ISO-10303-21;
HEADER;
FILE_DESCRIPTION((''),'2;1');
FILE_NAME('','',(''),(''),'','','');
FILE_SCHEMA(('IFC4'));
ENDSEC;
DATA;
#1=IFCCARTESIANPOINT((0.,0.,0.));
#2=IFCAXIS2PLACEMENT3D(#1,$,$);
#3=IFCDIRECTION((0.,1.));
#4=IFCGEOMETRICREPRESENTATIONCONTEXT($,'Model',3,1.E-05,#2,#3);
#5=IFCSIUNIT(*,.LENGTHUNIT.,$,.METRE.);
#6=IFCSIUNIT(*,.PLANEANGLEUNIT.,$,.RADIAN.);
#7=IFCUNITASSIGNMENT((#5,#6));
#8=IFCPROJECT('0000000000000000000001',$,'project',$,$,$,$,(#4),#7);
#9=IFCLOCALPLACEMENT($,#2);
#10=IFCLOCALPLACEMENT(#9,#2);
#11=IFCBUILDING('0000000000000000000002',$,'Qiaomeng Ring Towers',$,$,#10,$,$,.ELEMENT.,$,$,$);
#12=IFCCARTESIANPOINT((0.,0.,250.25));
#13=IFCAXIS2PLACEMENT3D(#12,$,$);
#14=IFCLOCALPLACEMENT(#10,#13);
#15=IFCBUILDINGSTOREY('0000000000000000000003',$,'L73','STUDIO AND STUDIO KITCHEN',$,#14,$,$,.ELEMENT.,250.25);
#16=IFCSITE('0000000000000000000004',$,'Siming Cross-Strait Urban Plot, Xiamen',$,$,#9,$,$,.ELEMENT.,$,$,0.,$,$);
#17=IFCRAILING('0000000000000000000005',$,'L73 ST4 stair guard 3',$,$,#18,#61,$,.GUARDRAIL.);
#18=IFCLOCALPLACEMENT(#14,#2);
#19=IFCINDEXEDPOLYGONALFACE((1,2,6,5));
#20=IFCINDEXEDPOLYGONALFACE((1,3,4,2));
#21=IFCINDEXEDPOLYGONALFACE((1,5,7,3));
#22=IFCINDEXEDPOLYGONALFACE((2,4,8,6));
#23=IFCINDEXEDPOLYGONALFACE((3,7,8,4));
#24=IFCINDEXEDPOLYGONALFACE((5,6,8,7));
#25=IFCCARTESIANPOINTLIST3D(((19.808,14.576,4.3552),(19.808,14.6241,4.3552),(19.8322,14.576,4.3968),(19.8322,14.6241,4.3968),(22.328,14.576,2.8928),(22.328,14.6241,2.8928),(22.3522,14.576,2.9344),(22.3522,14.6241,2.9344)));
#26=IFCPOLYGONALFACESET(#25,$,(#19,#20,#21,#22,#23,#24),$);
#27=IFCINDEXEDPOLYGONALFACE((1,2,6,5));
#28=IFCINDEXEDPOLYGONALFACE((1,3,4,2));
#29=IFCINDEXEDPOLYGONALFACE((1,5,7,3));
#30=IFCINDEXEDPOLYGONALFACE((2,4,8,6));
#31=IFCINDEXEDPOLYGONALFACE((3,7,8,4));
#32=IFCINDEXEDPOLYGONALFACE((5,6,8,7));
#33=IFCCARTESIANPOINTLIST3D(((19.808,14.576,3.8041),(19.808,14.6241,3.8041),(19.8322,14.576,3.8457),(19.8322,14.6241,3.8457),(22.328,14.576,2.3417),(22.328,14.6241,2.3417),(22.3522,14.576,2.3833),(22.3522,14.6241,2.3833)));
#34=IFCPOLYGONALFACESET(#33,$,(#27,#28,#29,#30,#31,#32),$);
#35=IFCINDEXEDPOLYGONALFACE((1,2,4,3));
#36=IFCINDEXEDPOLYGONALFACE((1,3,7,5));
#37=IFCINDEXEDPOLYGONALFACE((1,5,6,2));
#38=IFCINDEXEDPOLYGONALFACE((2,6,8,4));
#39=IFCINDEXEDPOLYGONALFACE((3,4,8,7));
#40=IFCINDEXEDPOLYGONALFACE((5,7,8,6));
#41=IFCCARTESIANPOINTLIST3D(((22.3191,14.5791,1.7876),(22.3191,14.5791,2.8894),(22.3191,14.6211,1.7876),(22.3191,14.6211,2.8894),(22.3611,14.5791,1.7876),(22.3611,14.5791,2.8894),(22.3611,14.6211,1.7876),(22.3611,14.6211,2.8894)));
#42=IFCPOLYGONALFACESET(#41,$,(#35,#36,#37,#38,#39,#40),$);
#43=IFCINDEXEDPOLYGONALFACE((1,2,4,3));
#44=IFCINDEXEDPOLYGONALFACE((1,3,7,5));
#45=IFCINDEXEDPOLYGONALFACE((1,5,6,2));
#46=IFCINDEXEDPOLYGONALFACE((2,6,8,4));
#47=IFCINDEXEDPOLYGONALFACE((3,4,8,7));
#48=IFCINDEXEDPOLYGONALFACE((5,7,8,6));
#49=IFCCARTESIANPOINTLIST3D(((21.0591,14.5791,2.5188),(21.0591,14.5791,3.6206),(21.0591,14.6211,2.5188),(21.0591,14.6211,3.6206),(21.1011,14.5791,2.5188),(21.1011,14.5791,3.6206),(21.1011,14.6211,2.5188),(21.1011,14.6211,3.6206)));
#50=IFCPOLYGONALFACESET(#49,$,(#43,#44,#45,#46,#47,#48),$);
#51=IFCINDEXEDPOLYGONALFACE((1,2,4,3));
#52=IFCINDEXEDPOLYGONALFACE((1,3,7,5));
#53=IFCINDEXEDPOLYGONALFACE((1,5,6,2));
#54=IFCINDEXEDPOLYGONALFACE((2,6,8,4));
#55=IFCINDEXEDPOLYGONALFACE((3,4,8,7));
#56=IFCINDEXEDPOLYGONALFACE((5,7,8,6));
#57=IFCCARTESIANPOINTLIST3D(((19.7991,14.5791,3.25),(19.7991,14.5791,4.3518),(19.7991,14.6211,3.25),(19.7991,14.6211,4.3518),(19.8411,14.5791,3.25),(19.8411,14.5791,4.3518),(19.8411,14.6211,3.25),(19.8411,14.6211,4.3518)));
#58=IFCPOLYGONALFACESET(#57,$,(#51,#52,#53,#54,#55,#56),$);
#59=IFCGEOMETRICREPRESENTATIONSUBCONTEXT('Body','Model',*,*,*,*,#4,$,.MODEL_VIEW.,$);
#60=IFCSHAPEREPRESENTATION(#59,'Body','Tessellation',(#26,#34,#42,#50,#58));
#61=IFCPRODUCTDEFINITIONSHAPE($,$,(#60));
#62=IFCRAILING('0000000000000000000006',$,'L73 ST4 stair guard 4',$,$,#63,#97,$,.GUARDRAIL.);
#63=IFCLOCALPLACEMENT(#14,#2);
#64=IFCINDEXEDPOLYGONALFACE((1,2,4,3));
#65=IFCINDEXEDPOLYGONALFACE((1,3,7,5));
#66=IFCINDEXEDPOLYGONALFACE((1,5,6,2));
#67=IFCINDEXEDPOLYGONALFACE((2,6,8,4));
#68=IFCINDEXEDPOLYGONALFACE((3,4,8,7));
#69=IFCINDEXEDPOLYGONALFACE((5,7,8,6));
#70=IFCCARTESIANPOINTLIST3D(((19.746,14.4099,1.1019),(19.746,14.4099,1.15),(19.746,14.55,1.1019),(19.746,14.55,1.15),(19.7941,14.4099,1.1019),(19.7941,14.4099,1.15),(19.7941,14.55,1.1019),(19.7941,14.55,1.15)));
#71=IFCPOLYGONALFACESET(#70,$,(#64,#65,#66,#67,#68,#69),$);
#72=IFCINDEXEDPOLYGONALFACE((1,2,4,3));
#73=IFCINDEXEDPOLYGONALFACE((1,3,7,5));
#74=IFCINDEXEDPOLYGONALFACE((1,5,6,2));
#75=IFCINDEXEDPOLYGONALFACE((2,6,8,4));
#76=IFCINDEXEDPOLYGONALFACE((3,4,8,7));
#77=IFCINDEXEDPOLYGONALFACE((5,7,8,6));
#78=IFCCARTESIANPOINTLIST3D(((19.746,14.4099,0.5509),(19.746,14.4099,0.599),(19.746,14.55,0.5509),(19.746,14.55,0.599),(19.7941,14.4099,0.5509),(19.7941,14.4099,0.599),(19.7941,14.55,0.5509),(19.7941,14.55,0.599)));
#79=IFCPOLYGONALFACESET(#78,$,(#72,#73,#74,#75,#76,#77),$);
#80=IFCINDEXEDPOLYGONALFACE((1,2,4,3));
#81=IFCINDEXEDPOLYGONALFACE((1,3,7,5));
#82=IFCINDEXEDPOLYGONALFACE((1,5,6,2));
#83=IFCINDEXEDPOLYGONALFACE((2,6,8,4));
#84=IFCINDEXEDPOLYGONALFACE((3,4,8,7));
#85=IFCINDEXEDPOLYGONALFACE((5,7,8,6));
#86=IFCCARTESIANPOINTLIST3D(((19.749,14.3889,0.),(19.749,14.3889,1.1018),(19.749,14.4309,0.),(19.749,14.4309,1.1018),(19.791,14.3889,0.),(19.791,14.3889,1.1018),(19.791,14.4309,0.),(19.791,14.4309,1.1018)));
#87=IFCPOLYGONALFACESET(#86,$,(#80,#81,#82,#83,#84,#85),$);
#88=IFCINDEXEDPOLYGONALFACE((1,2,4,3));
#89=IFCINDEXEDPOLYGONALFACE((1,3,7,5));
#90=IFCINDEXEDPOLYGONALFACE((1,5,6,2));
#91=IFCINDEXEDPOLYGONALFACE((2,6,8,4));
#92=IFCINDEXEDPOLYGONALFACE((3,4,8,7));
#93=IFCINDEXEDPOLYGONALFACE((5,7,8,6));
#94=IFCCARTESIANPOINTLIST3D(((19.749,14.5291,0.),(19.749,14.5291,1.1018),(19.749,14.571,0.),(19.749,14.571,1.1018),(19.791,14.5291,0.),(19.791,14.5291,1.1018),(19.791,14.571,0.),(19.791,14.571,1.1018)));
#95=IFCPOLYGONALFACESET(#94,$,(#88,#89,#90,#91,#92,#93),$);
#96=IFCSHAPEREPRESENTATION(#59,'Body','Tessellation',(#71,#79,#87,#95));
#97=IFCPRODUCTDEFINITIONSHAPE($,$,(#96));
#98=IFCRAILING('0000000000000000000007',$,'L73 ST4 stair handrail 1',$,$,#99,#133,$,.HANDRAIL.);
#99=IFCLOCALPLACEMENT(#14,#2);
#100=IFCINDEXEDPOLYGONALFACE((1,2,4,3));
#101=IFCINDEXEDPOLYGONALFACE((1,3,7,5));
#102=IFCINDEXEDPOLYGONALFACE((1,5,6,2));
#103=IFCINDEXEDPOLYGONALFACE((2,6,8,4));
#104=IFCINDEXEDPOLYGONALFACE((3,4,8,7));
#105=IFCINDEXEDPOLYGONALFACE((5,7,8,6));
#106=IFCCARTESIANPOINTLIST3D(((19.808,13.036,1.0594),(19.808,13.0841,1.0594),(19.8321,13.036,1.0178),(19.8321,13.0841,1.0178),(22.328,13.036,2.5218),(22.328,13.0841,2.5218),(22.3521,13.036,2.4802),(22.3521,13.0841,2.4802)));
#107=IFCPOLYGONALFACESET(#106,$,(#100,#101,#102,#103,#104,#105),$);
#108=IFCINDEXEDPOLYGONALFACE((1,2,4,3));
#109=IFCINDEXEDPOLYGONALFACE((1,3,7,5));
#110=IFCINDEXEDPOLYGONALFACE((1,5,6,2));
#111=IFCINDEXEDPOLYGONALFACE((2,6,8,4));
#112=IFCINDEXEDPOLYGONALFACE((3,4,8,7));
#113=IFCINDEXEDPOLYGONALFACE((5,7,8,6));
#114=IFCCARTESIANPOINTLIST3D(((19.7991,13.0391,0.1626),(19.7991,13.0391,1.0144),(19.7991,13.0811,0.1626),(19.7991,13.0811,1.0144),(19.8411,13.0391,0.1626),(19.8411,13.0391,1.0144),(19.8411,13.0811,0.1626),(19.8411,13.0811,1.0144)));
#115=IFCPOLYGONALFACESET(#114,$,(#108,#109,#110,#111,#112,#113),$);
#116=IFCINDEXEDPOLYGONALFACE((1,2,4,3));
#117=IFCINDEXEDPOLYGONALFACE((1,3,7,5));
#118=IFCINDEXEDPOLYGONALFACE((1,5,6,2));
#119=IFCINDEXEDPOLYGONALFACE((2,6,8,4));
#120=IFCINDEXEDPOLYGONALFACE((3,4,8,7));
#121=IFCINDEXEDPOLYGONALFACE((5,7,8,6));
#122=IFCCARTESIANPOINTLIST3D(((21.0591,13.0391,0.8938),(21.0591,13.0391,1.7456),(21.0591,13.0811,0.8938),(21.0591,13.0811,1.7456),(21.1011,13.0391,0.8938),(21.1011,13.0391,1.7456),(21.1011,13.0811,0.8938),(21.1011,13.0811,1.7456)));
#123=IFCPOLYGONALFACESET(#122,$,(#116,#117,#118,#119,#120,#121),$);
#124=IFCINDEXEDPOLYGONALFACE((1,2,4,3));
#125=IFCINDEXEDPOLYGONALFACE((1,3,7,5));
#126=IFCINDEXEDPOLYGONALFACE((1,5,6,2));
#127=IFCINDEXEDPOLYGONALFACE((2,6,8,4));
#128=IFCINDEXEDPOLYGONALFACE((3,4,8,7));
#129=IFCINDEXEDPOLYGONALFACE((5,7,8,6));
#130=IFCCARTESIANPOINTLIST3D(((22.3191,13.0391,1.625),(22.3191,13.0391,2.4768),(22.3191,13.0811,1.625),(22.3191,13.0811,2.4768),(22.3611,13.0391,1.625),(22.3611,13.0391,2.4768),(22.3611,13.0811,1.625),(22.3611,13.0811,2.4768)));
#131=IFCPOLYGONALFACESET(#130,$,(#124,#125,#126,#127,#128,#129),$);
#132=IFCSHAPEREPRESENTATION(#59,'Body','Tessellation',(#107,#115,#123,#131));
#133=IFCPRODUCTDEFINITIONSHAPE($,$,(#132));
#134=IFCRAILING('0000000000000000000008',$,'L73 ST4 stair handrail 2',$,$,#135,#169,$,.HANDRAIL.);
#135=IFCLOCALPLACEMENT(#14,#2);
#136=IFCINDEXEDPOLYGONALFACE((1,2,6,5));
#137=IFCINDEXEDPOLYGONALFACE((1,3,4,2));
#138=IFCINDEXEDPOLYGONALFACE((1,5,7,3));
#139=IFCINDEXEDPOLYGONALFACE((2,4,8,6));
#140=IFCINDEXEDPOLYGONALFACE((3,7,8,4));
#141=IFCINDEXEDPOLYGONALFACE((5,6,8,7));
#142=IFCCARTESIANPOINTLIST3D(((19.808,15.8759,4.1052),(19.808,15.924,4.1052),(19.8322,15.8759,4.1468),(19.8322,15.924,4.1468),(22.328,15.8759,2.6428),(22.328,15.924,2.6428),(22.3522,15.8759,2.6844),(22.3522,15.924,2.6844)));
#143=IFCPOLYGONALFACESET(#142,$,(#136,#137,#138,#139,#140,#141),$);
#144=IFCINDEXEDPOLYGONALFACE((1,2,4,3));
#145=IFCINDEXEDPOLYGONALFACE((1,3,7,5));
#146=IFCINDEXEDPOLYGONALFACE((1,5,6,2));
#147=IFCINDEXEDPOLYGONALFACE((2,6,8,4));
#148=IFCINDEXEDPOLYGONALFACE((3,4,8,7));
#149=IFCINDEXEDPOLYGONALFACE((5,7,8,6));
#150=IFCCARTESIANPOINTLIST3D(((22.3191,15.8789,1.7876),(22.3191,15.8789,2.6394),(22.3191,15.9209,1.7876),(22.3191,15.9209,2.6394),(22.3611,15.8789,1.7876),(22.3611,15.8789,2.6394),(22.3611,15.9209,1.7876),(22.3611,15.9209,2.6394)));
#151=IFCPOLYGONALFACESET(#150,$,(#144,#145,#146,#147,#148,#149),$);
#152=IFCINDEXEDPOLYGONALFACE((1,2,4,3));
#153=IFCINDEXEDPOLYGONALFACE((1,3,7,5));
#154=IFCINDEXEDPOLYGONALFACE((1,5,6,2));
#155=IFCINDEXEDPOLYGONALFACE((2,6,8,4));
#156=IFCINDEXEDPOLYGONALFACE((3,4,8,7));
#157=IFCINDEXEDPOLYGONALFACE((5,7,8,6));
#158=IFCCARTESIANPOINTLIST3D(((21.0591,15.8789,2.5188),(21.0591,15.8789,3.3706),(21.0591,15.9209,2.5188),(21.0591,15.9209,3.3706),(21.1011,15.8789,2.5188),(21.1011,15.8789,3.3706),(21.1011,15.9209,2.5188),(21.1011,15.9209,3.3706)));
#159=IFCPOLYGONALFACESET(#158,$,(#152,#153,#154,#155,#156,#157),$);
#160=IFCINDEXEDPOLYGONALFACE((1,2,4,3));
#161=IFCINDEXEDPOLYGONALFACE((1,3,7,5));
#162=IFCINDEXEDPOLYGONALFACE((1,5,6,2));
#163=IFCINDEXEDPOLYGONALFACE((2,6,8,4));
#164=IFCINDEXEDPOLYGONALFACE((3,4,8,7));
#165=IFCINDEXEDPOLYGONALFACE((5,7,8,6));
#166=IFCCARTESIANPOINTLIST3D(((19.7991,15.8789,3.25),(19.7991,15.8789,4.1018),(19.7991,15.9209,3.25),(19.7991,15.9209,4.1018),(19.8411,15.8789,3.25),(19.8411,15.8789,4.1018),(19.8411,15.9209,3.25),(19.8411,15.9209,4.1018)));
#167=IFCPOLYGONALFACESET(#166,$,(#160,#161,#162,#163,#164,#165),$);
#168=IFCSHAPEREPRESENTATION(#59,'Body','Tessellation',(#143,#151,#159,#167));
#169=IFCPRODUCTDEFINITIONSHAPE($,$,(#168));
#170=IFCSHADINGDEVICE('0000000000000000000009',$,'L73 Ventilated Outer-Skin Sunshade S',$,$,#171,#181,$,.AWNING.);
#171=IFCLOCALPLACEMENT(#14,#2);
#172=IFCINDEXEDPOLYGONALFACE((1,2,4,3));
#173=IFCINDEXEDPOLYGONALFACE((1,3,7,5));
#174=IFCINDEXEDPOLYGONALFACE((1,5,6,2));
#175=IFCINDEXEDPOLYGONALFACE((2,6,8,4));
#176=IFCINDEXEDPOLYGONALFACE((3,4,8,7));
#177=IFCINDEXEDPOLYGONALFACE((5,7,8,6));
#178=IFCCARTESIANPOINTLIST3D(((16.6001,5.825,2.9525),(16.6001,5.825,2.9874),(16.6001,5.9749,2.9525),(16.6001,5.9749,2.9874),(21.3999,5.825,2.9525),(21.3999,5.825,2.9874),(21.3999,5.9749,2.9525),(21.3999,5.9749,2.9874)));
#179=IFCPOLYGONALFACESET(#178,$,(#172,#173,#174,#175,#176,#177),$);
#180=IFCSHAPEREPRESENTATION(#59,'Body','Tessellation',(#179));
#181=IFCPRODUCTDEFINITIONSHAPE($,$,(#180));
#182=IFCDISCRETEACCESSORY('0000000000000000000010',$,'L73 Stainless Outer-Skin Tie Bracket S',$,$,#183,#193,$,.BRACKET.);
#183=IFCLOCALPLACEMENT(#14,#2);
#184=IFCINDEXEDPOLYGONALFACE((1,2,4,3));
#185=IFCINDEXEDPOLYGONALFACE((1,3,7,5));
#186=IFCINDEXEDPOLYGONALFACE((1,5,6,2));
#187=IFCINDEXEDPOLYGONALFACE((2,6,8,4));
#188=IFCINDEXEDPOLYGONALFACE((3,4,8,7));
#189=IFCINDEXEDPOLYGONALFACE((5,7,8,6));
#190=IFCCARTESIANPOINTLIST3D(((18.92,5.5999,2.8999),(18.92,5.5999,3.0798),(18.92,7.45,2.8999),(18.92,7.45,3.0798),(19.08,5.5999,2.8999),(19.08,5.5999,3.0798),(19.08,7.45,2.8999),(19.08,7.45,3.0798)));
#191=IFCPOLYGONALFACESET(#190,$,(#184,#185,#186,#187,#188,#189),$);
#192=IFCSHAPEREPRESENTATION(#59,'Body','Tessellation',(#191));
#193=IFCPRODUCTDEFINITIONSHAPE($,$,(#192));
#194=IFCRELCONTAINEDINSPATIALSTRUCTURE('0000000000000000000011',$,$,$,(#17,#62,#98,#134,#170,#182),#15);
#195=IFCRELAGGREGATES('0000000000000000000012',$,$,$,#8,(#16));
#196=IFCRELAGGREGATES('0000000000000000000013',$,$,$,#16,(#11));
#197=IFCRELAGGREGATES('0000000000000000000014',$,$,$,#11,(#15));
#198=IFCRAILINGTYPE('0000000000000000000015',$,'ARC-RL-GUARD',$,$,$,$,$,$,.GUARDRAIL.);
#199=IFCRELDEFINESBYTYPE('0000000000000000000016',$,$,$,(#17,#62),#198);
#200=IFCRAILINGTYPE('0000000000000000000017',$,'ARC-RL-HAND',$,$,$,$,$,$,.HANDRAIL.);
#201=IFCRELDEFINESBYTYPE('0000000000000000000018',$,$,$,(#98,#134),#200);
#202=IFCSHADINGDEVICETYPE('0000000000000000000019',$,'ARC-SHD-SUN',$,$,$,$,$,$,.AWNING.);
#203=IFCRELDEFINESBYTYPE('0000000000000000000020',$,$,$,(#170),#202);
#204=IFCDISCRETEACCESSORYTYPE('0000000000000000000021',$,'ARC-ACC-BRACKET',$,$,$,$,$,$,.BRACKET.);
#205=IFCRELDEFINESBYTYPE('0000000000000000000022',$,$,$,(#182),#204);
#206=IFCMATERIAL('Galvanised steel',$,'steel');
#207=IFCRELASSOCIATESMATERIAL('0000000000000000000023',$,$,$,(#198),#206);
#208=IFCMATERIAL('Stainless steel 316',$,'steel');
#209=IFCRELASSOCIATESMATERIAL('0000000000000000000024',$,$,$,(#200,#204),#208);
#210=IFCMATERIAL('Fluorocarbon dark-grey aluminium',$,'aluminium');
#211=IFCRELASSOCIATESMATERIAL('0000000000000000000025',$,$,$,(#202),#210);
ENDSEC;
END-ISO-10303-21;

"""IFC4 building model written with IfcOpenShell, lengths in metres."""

from ifc_helpers import new_model, si_unit, direction, frame, origin, origin_2d, place, context, subcontext, project, spatial, rectangle, extrude, source, transform, mapped, material, material_profile, profile_set, type_object, element, save


model = new_model("IFC4")

# Units and contexts
model_context = context("Model", 3, precision=1e-05, world=origin(), true_north=direction((0.0, 1.0)))
body_context = subcontext(model_context, "Body", "Model", "MODEL_VIEW")
ifc_project = project(units=[si_unit("LENGTHUNIT", "METRE"), si_unit("PLANEANGLEUNIT", "RADIAN")], contexts=[model_context])

# Site, building, storey
site_placement = place(None, origin())
site = spatial("IfcSite", under=ifc_project, at=site_placement, Name="Siming Cross-Strait Urban Plot, Xiamen", CompositionType="ELEMENT", RefElevation=0.0)
building_placement = place(site_placement, origin())
building = spatial("IfcBuilding", under=site, at=building_placement, Name="Qiaomeng Ring Towers", CompositionType="ELEMENT")
storey_placement = place(building_placement, frame((0.0, 0.0, 250.25)))
storey = spatial("IfcBuildingStorey", under=building, at=storey_placement, Name="L73", Description="STUDIO AND STUDIO KITCHEN", CompositionType="ELEMENT", Elevation=250.25)

# Shared definitions
ifc_material_1 = material(Name="Fluorocarbon dark-grey aluminium", Category="aluminium")

# Shared definitions
ifc_material_2 = material(Name="Galvanised steel", Category="steel")

# Railings
railing_type_1 = type_object("IfcRailingType", Name="ARC-RL-GUARD", PredefinedType="GUARDRAIL", material=ifc_material_2)
railing_1_placement = place(storey_placement, frame((22.3401, 14.6001, 1.7876)))
element("IfcRailing", 1, at=railing_1_placement, inside=storey, type_object=railing_type_1, Name="L73 ST4 stair guard 3", PredefinedType="GUARDRAIL", context=body_context, shape_type="SweptSolid", body=[
    extrude(rectangle(XDim=0.0481, YDim=0.0481, at=origin_2d()), frame((0.0, 0.0, 1.126), z_axis=(-0.864913, 0.0, 0.501921), x_axis=(0.0, -1.0, 0.0)), (0.0, 0.0, 1.0), 2.9136),
    extrude(rectangle(XDim=0.0481, YDim=0.0481, at=origin_2d()), frame((0.0, 0.0, 0.575), z_axis=(-0.864913, 0.0, 0.501921), x_axis=(0.0, -1.0, 0.0)), (0.0, 0.0, 1.0), 2.9136),
    extrude(rectangle(XDim=0.042, YDim=0.042, at=origin_2d()), origin(), (0.0, 0.0, 1.0), 1.1018),
    extrude(rectangle(XDim=0.042, YDim=0.042, at=origin_2d()), frame((-1.26, 0.0, 0.7312)), (0.0, 0.0, 1.0), 1.1018),
    extrude(rectangle(XDim=0.042, YDim=0.042, at=origin_2d()), frame((-2.52, 0.0, 1.4624)), (0.0, 0.0, 1.0), 1.1018),
])
railing_2_placement = place(storey_placement, frame((19.77, 14.4099, 0.0)))
element("IfcRailing", 2, at=railing_2_placement, inside=storey, type_object=railing_type_1, Name="L73 ST4 stair guard 4", PredefinedType="GUARDRAIL", context=body_context, shape_type="SweptSolid", body=[
    extrude(rectangle(XDim=0.0481, YDim=0.0481, at=origin_2d()), frame((0.0, 0.0, 1.126), z_axis=(0.0, 1.0, 0.0), x_axis=(-1.0, 0.0, 0.0)), (0.0, 0.0, 1.0), 0.1401),
    extrude(rectangle(XDim=0.0481, YDim=0.0481, at=origin_2d()), frame((0.0, 0.0, 0.575), z_axis=(0.0, 1.0, 0.0), x_axis=(-1.0, 0.0, 0.0)), (0.0, 0.0, 1.0), 0.1401),
    extrude(rectangle(XDim=0.042, YDim=0.042, at=origin_2d()), origin(), (0.0, 0.0, 1.0), 1.1018),
    extrude(rectangle(XDim=0.042, YDim=0.042, at=origin_2d()), frame((0.0, 0.1401, 0.0)), (0.0, 0.0, 1.0), 1.1018),
])
ifc_material_3 = material(Name="Stainless steel 316", Category="steel")
railing_type_2 = type_object("IfcRailingType", Name="ARC-RL-HAND", PredefinedType="HANDRAIL", material=ifc_material_3)
railing_3_placement = place(storey_placement, frame((19.8201, 13.0601, 0.1626)))
element("IfcRailing", 3, at=railing_3_placement, inside=storey, type_object=railing_type_2, Name="L73 ST4 stair handrail 1", PredefinedType="HANDRAIL", context=body_context, shape_type="SweptSolid", body=[
    extrude(rectangle(XDim=0.0481, YDim=0.0481, at=origin_2d()), frame((0.0, 0.0, 0.876), z_axis=(0.864913, 0.0, 0.501921), x_axis=(0.0, 1.0, 0.0)), (0.0, 0.0, 1.0), 2.9136),
    extrude(rectangle(XDim=0.042, YDim=0.042, at=origin_2d()), origin(), (0.0, 0.0, 1.0), 0.8518),
    extrude(rectangle(XDim=0.042, YDim=0.042, at=origin_2d()), frame((1.26, 0.0, 0.7312)), (0.0, 0.0, 1.0), 0.8518),
    extrude(rectangle(XDim=0.042, YDim=0.042, at=origin_2d()), frame((2.52, 0.0, 1.4624)), (0.0, 0.0, 1.0), 0.8518),
])
railing_4_placement = place(storey_placement, frame((22.3401, 15.8999, 1.7876)))
element("IfcRailing", 4, at=railing_4_placement, inside=storey, type_object=railing_type_2, Name="L73 ST4 stair handrail 2", PredefinedType="HANDRAIL", context=body_context, shape_type="SweptSolid", body=[
    extrude(rectangle(XDim=0.0481, YDim=0.0481, at=origin_2d()), frame((0.0, 0.0, 0.876), z_axis=(-0.864913, 0.0, 0.501921), x_axis=(0.0, -1.0, 0.0)), (0.0, 0.0, 1.0), 2.9136),
    extrude(rectangle(XDim=0.042, YDim=0.042, at=origin_2d()), origin(), (0.0, 0.0, 1.0), 0.8518),
    extrude(rectangle(XDim=0.042, YDim=0.042, at=origin_2d()), frame((-1.26, 0.0, 0.7312)), (0.0, 0.0, 1.0), 0.8518),
    extrude(rectangle(XDim=0.042, YDim=0.042, at=origin_2d()), frame((-2.52, 0.0, 1.4624)), (0.0, 0.0, 1.0), 0.8518),
])

# Shading device
ifc_material_profile_1 = material_profile(ifc_material_1, rectangle(XDim=0.1499, YDim=0.0349, at=origin_2d()), Name="LV BLADE 150x35")
ifc_profile_set_1 = profile_set([ifc_material_profile_1], Name="Fluorocarbon dark-grey aluminium")
shading_device_type = type_object("IfcShadingDeviceType", Name="ARC-SHD-SUN", PredefinedType="AWNING", material=ifc_profile_set_1)
shared_shape_1 = source(origin(), body_context, "Body", "SweptSolid", [
    extrude(rectangle(XDim=0.1499, YDim=0.0349, at=origin_2d()), origin(), (0.0, 0.0, 1.0), 4.7998),
])
shading_device_placement = place(storey_placement, frame((16.6001, 5.8999, 2.97), z_axis=(1.0, 0.0, 0.0), x_axis=(0.0, 1.0, 0.0)))
element("IfcShadingDevice", 5, at=shading_device_placement, inside=storey, type_object=shading_device_type, Name="L73 Ventilated Outer-Skin Sunshade S", PredefinedType="AWNING", context=body_context, shape_type="MappedRepresentation", body=[
    mapped(shared_shape_1, transform((0.0, 0.0, 0.0), x_axis=(1.0, 0.0, 0.0), y_axis=(0.0, 1.0, 0.0), z_axis=(0.0, 0.0, 1.0), scale=1.0)),
])

# Discrete accessory
discrete_accessory_type = type_object("IfcDiscreteAccessoryType", Name="ARC-ACC-BRACKET", PredefinedType="BRACKET", material=ifc_material_3)
shared_shape_2 = source(origin(), body_context, "Body", "SweptSolid", [
    extrude(rectangle(XDim=0.1599, YDim=1.8501, at=origin_2d()), origin(), (0.0, 0.0, 1.0), 0.1799),
])
discrete_accessory_placement = place(storey_placement, frame((19.0, 6.5249, 2.8999), z_axis=(0.0, 0.0, 1.0), x_axis=(1.0, 0.0, 0.0)))
element("IfcDiscreteAccessory", 6, at=discrete_accessory_placement, inside=storey, type_object=discrete_accessory_type, Name="L73 Stainless Outer-Skin Tie Bracket S", PredefinedType="BRACKET", context=body_context, shape_type="MappedRepresentation", body=[
    mapped(shared_shape_2, transform((0.0, 0.0, 0.0), x_axis=(1.0, 0.0, 0.0), y_axis=(0.0, 1.0, 0.0), z_axis=(0.0, 0.0, 1.0), scale=1.0)),
])

save(model, "model.ifc")
